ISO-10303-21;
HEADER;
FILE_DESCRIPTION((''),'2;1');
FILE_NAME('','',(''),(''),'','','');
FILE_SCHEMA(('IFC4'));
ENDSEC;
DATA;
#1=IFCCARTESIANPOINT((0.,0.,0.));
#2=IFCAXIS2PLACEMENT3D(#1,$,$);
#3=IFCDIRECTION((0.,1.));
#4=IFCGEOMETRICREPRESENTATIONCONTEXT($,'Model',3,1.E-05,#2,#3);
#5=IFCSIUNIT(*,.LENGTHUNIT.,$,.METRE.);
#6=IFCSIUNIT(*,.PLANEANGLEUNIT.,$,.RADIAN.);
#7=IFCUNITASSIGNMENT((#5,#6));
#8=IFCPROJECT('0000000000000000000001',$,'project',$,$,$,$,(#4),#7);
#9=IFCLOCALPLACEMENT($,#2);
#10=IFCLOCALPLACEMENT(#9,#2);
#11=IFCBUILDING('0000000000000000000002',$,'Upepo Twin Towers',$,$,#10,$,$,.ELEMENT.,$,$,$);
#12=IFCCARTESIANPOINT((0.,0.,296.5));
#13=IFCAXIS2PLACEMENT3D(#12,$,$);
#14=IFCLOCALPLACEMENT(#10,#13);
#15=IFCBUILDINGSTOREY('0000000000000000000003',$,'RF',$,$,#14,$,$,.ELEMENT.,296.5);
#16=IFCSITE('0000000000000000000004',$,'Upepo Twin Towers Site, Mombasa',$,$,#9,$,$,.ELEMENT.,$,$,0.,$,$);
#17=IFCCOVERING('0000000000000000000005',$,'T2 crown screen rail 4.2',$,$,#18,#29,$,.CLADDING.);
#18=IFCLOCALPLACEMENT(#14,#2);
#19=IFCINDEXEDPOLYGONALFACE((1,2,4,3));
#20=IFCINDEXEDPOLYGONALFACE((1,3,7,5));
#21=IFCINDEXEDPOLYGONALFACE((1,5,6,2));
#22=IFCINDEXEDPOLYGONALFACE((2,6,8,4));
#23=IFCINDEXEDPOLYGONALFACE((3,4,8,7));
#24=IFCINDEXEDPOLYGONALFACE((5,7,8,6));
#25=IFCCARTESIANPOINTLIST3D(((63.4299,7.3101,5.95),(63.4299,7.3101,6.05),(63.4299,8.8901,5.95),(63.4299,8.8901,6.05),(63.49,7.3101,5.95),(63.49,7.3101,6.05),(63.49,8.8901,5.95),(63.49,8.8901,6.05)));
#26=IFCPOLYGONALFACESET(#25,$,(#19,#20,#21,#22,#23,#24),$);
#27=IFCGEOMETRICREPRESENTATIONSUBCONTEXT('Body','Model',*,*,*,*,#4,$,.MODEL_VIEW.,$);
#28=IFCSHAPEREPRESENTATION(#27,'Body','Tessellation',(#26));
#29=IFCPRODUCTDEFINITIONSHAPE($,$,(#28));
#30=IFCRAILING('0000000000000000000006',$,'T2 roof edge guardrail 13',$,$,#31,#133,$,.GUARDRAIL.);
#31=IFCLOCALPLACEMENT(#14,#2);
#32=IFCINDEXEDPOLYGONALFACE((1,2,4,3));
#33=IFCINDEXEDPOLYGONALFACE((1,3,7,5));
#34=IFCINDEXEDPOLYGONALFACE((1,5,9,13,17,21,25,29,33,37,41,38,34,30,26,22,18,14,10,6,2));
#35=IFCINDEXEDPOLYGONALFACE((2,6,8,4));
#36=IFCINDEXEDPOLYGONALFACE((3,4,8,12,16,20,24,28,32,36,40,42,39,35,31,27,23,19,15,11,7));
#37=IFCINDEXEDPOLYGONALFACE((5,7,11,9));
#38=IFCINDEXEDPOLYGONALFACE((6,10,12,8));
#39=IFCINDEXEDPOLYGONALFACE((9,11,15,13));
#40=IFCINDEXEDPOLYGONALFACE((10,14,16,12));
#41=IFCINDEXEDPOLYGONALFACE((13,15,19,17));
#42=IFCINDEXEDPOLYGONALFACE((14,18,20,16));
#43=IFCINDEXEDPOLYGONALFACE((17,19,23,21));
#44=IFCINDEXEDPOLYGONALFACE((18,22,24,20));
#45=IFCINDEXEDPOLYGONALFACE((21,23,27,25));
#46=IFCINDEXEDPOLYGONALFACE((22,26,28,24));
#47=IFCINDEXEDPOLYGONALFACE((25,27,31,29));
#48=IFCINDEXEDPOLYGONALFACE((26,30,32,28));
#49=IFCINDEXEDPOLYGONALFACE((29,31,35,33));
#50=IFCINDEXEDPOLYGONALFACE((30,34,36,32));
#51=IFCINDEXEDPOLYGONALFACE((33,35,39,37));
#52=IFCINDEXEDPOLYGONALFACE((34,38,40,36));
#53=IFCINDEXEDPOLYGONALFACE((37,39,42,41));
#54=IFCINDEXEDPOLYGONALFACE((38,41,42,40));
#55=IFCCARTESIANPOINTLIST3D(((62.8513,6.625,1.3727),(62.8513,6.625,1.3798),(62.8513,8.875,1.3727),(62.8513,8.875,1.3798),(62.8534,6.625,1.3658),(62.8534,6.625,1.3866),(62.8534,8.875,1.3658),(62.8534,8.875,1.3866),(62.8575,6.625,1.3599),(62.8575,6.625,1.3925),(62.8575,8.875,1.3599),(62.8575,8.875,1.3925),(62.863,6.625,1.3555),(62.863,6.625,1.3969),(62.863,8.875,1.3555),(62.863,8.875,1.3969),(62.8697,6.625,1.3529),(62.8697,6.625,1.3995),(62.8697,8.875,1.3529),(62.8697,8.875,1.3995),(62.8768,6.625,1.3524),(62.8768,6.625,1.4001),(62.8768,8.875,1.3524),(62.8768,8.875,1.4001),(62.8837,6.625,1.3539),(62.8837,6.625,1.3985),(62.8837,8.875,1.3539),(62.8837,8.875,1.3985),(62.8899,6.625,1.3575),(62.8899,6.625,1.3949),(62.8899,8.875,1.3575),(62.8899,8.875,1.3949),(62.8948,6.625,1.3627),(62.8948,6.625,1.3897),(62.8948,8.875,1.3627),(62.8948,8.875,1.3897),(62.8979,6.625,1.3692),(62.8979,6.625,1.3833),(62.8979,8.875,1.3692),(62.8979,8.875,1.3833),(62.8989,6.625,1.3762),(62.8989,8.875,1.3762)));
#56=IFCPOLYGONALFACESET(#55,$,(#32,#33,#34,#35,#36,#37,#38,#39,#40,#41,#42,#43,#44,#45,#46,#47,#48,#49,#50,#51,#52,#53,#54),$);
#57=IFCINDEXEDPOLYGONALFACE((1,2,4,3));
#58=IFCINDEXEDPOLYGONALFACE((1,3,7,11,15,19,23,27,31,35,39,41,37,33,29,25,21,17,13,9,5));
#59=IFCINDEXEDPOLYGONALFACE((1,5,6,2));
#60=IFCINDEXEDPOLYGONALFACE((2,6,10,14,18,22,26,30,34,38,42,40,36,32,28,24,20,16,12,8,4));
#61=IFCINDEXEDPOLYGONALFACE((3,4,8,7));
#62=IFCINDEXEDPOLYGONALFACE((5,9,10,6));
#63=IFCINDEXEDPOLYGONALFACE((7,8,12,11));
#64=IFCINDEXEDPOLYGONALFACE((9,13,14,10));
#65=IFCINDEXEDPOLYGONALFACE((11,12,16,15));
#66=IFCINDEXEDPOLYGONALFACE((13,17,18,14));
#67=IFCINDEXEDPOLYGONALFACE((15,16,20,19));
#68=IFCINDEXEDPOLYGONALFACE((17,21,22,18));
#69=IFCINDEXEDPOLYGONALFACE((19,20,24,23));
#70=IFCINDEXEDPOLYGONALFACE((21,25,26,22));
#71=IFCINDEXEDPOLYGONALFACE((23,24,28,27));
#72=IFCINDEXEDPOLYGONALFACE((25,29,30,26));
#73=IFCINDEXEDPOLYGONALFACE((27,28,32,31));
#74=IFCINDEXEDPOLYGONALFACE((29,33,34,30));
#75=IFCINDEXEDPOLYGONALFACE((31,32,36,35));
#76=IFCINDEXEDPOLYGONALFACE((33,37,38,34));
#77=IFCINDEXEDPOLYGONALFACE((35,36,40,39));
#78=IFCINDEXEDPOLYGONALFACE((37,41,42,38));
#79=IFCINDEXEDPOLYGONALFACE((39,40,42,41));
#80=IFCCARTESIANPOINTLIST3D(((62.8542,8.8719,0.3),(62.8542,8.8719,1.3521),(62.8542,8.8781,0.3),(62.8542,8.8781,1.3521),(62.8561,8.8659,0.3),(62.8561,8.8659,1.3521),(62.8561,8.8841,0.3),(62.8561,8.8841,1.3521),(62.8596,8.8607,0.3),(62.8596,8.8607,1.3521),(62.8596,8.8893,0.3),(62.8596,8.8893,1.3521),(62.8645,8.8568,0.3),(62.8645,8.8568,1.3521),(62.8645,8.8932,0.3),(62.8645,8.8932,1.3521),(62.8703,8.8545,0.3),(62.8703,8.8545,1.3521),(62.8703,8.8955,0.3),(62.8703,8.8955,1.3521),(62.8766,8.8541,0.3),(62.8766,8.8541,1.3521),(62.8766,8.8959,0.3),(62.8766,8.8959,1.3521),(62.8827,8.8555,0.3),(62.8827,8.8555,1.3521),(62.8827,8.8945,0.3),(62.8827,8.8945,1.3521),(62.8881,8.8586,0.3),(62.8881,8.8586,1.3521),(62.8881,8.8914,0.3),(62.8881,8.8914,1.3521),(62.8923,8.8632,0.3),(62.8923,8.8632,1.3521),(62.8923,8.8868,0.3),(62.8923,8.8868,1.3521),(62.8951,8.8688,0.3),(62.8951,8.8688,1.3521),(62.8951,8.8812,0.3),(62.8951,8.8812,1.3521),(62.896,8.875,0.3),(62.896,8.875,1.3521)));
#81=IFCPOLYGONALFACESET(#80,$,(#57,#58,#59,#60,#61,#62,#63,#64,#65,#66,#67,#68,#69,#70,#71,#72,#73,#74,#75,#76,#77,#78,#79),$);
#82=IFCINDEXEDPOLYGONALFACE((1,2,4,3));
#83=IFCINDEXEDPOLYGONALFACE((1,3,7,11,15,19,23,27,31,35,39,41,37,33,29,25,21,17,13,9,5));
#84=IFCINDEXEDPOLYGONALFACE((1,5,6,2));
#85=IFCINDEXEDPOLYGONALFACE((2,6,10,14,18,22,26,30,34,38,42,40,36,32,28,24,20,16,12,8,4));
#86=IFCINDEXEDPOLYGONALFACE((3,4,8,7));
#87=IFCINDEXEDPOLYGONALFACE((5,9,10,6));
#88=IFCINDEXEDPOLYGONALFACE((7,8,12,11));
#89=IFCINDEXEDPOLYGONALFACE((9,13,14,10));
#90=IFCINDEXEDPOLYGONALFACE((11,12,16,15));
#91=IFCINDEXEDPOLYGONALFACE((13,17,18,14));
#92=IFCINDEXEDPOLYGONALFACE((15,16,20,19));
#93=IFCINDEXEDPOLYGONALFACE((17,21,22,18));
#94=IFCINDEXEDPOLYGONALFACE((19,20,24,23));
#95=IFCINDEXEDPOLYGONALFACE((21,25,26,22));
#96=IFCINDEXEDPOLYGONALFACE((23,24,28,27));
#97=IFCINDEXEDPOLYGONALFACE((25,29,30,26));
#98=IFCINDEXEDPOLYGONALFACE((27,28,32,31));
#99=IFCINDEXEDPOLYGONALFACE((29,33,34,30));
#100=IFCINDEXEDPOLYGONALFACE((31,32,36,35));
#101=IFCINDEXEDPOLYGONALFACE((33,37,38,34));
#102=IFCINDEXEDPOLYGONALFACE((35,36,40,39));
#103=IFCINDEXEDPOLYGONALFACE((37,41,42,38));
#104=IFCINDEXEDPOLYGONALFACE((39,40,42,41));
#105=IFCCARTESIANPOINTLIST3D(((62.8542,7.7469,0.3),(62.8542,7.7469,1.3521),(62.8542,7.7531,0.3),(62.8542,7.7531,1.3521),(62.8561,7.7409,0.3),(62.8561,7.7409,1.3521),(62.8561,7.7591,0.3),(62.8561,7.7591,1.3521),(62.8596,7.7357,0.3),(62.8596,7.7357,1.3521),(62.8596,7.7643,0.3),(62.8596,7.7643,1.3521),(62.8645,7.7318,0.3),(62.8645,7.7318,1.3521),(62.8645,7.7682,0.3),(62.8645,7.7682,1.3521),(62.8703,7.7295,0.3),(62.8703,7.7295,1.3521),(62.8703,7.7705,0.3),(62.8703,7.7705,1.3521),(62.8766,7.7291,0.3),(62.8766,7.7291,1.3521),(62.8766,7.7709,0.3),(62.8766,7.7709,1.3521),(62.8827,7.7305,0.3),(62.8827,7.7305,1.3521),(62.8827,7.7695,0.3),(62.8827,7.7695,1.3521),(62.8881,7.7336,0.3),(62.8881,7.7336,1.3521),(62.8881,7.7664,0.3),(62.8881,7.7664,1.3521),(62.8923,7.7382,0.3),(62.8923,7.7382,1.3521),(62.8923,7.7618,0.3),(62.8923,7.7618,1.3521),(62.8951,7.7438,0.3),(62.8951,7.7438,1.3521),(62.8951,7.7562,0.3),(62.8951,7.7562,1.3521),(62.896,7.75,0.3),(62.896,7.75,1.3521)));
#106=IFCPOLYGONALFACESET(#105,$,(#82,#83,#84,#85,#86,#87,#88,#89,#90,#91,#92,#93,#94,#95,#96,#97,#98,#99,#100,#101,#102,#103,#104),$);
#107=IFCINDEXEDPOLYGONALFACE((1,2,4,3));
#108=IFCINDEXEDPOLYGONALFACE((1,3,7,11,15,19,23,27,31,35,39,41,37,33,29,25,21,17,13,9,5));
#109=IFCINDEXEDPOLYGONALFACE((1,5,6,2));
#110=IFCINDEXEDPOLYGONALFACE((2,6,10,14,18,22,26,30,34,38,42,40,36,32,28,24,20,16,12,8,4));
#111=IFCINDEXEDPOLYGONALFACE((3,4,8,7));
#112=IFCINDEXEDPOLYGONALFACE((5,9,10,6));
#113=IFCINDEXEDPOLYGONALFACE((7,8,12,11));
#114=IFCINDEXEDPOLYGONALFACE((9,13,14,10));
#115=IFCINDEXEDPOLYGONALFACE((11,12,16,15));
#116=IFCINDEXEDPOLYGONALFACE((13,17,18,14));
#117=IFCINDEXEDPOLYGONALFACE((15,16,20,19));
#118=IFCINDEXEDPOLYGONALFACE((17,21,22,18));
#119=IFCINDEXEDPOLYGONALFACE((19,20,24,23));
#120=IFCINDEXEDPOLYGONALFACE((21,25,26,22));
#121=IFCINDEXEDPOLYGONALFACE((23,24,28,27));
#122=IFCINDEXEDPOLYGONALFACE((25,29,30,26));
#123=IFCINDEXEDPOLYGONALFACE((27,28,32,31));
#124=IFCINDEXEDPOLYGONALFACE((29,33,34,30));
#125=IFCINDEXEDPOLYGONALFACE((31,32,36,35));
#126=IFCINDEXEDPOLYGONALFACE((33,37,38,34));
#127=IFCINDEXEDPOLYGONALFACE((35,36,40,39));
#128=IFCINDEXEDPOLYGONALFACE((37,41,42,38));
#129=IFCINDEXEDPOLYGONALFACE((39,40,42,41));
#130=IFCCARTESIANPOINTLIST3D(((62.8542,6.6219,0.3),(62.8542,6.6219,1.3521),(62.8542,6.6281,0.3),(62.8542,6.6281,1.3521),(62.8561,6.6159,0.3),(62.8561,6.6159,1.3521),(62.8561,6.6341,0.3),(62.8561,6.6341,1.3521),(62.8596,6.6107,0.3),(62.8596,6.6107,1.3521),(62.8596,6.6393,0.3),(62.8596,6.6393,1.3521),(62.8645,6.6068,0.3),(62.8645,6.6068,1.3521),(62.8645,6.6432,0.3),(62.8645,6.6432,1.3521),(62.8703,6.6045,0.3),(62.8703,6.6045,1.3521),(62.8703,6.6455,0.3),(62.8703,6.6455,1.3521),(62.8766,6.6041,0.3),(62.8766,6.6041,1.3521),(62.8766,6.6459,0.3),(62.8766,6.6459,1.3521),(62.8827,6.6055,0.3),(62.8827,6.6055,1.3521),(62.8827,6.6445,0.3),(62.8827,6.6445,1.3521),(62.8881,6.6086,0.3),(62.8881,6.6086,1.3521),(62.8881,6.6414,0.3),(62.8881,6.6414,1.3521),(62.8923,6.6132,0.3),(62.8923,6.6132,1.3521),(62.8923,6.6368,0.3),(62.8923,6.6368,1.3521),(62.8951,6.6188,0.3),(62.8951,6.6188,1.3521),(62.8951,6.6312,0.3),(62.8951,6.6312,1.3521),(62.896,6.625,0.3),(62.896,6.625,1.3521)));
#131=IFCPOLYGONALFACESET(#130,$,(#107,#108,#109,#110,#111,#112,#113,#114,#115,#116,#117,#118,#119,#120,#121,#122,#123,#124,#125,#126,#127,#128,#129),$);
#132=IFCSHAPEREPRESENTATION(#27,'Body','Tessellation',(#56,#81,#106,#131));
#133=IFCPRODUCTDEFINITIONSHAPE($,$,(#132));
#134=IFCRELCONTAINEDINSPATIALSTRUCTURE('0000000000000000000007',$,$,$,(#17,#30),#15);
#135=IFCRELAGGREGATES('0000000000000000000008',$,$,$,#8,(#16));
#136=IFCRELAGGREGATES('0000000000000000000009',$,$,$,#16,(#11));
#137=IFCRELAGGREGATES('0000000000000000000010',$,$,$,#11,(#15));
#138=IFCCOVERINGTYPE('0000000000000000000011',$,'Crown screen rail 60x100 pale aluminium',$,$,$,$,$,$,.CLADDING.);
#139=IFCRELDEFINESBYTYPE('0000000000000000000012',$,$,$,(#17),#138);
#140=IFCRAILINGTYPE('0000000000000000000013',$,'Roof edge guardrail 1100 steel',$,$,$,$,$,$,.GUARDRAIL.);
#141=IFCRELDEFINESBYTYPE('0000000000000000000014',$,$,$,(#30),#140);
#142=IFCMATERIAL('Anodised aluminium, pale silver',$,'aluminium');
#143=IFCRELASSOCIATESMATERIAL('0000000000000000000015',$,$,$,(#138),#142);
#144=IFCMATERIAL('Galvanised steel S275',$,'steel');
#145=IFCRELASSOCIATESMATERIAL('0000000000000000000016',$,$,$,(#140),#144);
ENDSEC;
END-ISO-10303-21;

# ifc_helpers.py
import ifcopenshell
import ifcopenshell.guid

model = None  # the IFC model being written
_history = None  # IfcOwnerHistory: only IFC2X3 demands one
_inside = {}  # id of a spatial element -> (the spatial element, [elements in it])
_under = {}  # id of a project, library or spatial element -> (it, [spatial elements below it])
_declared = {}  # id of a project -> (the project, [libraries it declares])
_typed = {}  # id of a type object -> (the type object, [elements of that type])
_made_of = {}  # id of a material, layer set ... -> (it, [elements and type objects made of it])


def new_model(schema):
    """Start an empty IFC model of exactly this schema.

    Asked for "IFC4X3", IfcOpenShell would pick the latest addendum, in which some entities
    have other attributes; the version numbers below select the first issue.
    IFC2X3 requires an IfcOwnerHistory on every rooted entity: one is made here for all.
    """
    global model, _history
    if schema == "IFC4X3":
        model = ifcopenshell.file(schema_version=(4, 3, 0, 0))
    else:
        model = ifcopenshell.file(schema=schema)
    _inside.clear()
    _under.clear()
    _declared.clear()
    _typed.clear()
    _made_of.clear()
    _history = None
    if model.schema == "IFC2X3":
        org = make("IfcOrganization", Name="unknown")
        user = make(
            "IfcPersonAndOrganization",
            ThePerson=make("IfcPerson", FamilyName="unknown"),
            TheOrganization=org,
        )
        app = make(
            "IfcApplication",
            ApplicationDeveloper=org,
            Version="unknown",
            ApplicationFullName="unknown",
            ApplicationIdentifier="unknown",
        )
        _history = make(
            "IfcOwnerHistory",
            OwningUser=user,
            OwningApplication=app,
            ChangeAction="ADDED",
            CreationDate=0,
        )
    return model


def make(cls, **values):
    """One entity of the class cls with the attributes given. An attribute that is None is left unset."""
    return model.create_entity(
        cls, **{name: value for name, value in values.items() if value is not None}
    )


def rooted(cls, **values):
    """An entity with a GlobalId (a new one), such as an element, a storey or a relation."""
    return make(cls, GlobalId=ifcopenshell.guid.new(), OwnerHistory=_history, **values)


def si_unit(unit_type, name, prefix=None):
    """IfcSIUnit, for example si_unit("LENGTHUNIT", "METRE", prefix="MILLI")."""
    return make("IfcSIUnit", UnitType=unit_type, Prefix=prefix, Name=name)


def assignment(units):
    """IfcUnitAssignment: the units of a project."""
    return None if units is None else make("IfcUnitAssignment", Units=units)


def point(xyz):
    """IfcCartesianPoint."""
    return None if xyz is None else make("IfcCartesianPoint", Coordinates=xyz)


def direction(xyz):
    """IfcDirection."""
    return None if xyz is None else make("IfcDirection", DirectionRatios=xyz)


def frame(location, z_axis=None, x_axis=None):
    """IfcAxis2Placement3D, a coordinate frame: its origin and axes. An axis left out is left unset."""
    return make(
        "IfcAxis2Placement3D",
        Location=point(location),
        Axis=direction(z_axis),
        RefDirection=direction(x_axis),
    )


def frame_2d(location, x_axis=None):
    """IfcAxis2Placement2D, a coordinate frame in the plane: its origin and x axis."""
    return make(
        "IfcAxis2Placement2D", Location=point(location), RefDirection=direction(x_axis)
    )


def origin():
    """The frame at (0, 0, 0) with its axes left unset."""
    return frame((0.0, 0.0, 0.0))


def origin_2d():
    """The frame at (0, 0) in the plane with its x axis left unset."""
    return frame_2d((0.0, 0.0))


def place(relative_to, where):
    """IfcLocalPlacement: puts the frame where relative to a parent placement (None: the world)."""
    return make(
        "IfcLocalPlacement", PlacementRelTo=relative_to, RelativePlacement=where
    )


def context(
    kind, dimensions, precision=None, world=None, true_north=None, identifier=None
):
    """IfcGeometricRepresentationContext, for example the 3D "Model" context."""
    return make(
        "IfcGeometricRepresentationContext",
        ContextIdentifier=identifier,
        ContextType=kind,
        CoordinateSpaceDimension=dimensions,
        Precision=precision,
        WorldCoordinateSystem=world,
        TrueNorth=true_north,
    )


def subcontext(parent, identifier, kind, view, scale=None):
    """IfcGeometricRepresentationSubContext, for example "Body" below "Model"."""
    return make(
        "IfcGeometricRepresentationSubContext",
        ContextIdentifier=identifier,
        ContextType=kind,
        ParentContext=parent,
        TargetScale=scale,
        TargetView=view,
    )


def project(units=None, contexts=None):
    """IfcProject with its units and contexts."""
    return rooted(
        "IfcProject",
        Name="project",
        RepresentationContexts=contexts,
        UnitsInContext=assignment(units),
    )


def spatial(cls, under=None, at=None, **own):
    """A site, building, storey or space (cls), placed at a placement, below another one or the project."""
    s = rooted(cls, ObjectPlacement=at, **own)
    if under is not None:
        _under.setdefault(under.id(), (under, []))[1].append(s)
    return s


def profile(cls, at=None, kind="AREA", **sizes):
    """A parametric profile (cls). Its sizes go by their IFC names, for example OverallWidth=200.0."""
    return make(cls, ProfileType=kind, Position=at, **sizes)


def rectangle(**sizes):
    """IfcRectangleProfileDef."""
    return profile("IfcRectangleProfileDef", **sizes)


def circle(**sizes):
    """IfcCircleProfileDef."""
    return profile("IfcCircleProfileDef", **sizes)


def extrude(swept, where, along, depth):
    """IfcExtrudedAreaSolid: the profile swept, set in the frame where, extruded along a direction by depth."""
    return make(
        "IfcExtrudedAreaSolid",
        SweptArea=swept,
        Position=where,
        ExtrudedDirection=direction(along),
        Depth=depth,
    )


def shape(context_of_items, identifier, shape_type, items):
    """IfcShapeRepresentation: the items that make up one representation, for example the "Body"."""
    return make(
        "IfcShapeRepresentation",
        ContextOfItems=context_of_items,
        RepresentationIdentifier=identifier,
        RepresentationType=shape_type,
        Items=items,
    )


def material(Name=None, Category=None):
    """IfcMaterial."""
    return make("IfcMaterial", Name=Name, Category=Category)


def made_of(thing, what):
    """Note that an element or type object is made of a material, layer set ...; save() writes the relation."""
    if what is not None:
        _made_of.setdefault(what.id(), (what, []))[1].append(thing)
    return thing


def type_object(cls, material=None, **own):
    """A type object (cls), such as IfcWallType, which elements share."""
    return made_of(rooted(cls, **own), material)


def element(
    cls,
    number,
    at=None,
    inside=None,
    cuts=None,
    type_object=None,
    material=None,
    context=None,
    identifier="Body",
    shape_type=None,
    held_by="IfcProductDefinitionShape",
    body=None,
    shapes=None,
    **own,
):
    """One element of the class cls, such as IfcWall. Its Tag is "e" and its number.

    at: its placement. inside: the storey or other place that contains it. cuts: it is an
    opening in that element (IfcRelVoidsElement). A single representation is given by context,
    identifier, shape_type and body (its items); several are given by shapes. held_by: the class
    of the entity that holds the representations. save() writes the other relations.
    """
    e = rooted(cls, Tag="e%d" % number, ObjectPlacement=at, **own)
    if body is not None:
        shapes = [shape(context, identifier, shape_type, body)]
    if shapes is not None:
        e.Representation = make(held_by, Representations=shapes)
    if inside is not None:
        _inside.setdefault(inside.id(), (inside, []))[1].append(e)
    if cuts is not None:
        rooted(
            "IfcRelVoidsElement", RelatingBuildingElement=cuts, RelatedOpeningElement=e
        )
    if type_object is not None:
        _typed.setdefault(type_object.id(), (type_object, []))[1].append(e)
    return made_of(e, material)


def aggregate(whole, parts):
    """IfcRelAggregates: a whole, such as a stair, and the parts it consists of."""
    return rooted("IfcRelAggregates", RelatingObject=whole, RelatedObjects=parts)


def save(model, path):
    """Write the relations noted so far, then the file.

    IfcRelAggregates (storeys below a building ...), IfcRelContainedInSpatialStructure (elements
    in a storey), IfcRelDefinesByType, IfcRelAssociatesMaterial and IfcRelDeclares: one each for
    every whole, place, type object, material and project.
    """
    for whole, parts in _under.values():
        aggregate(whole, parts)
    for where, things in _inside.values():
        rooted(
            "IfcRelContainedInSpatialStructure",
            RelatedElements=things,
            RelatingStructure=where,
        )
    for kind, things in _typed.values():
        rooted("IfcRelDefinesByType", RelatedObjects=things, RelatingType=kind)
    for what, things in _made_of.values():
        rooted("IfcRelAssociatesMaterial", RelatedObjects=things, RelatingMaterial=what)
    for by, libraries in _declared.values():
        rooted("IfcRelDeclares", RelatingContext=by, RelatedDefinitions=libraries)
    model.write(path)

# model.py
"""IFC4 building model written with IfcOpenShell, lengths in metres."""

from ifc_helpers import new_model, si_unit, direction, frame, origin, origin_2d, place, context, subcontext, project, spatial, rectangle, circle, extrude, material, type_object, element, save


model = new_model("IFC4")

# Units and contexts
model_context = context("Model", 3, precision=1e-05, world=origin(), true_north=direction((0.0, 1.0)))
body_context = subcontext(model_context, "Body", "Model", "MODEL_VIEW")
ifc_project = project(units=[si_unit("LENGTHUNIT", "METRE"), si_unit("PLANEANGLEUNIT", "RADIAN")], contexts=[model_context])

# Site, building, storey
site_placement = place(None, origin())
site = spatial("IfcSite", under=ifc_project, at=site_placement, Name="Upepo Twin Towers Site, Mombasa", CompositionType="ELEMENT", RefElevation=0.0)
building_placement = place(site_placement, origin())
building = spatial("IfcBuilding", under=site, at=building_placement, Name="Upepo Twin Towers", CompositionType="ELEMENT")
storey_placement = place(building_placement, frame((0.0, 0.0, 296.5)))
storey = spatial("IfcBuildingStorey", under=building, at=storey_placement, Name="RF", CompositionType="ELEMENT", Elevation=296.5)

# Covering
ifc_material_1 = material(Name="Anodised aluminium, pale silver", Category="aluminium")
covering_type_1 = type_object("IfcCoveringType", Name="Crown screen rail 60x100 pale aluminium", PredefinedType="CLADDING", material=ifc_material_1)
for number, where, z_axis, x_axis, name in (
    (1, (63.46, 8.1001, 5.95), (0.0, 0.0, 1.0), (0.0, 1.0, 0.0), "T2 crown screen rail 4.2"),
):
    element("IfcCovering", number, at=place(storey_placement, frame(where, z_axis=z_axis, x_axis=x_axis)), inside=storey, type_object=covering_type_1, Name=name, PredefinedType="CLADDING", context=body_context, shape_type="SweptSolid", body=[
        extrude(rectangle(XDim=1.5801, YDim=0.0601, at=origin_2d()), origin(), (0.0, 0.0, 1.0), 0.1001),
    ])

# Railing
ifc_material_2 = material(Name="Galvanised steel S275", Category="steel")
railing_type = type_object("IfcRailingType", Name="Roof edge guardrail 1100 steel", PredefinedType="GUARDRAIL", material=ifc_material_2)
railing_1_placement = place(storey_placement, frame((62.875, 8.875, 0.3)))
element("IfcRailing", 2, at=railing_1_placement, inside=storey, type_object=railing_type, Name="T2 roof edge guardrail 13", PredefinedType="GUARDRAIL", context=body_context, shape_type="SweptSolid", body=[
    extrude(circle(Radius=0.0239, at=origin_2d()), frame((0.0, 0.0, 1.0762), z_axis=(0.0, -1.0, 0.0), x_axis=(1.0, 0.0, 0.0)), (0.0, 0.0, 1.0), 2.25),
    extrude(circle(Radius=0.021, at=origin_2d()), origin(), (0.0, 0.0, 1.0), 1.052),
    extrude(circle(Radius=0.021, at=origin_2d()), frame((0.0, -1.125, 0.0)), (0.0, 0.0, 1.0), 1.052),
    extrude(circle(Radius=0.021, at=origin_2d()), frame((0.0, -2.25, 0.0)), (0.0, 0.0, 1.0), 1.052),
])

save(model, "model.ifc")
